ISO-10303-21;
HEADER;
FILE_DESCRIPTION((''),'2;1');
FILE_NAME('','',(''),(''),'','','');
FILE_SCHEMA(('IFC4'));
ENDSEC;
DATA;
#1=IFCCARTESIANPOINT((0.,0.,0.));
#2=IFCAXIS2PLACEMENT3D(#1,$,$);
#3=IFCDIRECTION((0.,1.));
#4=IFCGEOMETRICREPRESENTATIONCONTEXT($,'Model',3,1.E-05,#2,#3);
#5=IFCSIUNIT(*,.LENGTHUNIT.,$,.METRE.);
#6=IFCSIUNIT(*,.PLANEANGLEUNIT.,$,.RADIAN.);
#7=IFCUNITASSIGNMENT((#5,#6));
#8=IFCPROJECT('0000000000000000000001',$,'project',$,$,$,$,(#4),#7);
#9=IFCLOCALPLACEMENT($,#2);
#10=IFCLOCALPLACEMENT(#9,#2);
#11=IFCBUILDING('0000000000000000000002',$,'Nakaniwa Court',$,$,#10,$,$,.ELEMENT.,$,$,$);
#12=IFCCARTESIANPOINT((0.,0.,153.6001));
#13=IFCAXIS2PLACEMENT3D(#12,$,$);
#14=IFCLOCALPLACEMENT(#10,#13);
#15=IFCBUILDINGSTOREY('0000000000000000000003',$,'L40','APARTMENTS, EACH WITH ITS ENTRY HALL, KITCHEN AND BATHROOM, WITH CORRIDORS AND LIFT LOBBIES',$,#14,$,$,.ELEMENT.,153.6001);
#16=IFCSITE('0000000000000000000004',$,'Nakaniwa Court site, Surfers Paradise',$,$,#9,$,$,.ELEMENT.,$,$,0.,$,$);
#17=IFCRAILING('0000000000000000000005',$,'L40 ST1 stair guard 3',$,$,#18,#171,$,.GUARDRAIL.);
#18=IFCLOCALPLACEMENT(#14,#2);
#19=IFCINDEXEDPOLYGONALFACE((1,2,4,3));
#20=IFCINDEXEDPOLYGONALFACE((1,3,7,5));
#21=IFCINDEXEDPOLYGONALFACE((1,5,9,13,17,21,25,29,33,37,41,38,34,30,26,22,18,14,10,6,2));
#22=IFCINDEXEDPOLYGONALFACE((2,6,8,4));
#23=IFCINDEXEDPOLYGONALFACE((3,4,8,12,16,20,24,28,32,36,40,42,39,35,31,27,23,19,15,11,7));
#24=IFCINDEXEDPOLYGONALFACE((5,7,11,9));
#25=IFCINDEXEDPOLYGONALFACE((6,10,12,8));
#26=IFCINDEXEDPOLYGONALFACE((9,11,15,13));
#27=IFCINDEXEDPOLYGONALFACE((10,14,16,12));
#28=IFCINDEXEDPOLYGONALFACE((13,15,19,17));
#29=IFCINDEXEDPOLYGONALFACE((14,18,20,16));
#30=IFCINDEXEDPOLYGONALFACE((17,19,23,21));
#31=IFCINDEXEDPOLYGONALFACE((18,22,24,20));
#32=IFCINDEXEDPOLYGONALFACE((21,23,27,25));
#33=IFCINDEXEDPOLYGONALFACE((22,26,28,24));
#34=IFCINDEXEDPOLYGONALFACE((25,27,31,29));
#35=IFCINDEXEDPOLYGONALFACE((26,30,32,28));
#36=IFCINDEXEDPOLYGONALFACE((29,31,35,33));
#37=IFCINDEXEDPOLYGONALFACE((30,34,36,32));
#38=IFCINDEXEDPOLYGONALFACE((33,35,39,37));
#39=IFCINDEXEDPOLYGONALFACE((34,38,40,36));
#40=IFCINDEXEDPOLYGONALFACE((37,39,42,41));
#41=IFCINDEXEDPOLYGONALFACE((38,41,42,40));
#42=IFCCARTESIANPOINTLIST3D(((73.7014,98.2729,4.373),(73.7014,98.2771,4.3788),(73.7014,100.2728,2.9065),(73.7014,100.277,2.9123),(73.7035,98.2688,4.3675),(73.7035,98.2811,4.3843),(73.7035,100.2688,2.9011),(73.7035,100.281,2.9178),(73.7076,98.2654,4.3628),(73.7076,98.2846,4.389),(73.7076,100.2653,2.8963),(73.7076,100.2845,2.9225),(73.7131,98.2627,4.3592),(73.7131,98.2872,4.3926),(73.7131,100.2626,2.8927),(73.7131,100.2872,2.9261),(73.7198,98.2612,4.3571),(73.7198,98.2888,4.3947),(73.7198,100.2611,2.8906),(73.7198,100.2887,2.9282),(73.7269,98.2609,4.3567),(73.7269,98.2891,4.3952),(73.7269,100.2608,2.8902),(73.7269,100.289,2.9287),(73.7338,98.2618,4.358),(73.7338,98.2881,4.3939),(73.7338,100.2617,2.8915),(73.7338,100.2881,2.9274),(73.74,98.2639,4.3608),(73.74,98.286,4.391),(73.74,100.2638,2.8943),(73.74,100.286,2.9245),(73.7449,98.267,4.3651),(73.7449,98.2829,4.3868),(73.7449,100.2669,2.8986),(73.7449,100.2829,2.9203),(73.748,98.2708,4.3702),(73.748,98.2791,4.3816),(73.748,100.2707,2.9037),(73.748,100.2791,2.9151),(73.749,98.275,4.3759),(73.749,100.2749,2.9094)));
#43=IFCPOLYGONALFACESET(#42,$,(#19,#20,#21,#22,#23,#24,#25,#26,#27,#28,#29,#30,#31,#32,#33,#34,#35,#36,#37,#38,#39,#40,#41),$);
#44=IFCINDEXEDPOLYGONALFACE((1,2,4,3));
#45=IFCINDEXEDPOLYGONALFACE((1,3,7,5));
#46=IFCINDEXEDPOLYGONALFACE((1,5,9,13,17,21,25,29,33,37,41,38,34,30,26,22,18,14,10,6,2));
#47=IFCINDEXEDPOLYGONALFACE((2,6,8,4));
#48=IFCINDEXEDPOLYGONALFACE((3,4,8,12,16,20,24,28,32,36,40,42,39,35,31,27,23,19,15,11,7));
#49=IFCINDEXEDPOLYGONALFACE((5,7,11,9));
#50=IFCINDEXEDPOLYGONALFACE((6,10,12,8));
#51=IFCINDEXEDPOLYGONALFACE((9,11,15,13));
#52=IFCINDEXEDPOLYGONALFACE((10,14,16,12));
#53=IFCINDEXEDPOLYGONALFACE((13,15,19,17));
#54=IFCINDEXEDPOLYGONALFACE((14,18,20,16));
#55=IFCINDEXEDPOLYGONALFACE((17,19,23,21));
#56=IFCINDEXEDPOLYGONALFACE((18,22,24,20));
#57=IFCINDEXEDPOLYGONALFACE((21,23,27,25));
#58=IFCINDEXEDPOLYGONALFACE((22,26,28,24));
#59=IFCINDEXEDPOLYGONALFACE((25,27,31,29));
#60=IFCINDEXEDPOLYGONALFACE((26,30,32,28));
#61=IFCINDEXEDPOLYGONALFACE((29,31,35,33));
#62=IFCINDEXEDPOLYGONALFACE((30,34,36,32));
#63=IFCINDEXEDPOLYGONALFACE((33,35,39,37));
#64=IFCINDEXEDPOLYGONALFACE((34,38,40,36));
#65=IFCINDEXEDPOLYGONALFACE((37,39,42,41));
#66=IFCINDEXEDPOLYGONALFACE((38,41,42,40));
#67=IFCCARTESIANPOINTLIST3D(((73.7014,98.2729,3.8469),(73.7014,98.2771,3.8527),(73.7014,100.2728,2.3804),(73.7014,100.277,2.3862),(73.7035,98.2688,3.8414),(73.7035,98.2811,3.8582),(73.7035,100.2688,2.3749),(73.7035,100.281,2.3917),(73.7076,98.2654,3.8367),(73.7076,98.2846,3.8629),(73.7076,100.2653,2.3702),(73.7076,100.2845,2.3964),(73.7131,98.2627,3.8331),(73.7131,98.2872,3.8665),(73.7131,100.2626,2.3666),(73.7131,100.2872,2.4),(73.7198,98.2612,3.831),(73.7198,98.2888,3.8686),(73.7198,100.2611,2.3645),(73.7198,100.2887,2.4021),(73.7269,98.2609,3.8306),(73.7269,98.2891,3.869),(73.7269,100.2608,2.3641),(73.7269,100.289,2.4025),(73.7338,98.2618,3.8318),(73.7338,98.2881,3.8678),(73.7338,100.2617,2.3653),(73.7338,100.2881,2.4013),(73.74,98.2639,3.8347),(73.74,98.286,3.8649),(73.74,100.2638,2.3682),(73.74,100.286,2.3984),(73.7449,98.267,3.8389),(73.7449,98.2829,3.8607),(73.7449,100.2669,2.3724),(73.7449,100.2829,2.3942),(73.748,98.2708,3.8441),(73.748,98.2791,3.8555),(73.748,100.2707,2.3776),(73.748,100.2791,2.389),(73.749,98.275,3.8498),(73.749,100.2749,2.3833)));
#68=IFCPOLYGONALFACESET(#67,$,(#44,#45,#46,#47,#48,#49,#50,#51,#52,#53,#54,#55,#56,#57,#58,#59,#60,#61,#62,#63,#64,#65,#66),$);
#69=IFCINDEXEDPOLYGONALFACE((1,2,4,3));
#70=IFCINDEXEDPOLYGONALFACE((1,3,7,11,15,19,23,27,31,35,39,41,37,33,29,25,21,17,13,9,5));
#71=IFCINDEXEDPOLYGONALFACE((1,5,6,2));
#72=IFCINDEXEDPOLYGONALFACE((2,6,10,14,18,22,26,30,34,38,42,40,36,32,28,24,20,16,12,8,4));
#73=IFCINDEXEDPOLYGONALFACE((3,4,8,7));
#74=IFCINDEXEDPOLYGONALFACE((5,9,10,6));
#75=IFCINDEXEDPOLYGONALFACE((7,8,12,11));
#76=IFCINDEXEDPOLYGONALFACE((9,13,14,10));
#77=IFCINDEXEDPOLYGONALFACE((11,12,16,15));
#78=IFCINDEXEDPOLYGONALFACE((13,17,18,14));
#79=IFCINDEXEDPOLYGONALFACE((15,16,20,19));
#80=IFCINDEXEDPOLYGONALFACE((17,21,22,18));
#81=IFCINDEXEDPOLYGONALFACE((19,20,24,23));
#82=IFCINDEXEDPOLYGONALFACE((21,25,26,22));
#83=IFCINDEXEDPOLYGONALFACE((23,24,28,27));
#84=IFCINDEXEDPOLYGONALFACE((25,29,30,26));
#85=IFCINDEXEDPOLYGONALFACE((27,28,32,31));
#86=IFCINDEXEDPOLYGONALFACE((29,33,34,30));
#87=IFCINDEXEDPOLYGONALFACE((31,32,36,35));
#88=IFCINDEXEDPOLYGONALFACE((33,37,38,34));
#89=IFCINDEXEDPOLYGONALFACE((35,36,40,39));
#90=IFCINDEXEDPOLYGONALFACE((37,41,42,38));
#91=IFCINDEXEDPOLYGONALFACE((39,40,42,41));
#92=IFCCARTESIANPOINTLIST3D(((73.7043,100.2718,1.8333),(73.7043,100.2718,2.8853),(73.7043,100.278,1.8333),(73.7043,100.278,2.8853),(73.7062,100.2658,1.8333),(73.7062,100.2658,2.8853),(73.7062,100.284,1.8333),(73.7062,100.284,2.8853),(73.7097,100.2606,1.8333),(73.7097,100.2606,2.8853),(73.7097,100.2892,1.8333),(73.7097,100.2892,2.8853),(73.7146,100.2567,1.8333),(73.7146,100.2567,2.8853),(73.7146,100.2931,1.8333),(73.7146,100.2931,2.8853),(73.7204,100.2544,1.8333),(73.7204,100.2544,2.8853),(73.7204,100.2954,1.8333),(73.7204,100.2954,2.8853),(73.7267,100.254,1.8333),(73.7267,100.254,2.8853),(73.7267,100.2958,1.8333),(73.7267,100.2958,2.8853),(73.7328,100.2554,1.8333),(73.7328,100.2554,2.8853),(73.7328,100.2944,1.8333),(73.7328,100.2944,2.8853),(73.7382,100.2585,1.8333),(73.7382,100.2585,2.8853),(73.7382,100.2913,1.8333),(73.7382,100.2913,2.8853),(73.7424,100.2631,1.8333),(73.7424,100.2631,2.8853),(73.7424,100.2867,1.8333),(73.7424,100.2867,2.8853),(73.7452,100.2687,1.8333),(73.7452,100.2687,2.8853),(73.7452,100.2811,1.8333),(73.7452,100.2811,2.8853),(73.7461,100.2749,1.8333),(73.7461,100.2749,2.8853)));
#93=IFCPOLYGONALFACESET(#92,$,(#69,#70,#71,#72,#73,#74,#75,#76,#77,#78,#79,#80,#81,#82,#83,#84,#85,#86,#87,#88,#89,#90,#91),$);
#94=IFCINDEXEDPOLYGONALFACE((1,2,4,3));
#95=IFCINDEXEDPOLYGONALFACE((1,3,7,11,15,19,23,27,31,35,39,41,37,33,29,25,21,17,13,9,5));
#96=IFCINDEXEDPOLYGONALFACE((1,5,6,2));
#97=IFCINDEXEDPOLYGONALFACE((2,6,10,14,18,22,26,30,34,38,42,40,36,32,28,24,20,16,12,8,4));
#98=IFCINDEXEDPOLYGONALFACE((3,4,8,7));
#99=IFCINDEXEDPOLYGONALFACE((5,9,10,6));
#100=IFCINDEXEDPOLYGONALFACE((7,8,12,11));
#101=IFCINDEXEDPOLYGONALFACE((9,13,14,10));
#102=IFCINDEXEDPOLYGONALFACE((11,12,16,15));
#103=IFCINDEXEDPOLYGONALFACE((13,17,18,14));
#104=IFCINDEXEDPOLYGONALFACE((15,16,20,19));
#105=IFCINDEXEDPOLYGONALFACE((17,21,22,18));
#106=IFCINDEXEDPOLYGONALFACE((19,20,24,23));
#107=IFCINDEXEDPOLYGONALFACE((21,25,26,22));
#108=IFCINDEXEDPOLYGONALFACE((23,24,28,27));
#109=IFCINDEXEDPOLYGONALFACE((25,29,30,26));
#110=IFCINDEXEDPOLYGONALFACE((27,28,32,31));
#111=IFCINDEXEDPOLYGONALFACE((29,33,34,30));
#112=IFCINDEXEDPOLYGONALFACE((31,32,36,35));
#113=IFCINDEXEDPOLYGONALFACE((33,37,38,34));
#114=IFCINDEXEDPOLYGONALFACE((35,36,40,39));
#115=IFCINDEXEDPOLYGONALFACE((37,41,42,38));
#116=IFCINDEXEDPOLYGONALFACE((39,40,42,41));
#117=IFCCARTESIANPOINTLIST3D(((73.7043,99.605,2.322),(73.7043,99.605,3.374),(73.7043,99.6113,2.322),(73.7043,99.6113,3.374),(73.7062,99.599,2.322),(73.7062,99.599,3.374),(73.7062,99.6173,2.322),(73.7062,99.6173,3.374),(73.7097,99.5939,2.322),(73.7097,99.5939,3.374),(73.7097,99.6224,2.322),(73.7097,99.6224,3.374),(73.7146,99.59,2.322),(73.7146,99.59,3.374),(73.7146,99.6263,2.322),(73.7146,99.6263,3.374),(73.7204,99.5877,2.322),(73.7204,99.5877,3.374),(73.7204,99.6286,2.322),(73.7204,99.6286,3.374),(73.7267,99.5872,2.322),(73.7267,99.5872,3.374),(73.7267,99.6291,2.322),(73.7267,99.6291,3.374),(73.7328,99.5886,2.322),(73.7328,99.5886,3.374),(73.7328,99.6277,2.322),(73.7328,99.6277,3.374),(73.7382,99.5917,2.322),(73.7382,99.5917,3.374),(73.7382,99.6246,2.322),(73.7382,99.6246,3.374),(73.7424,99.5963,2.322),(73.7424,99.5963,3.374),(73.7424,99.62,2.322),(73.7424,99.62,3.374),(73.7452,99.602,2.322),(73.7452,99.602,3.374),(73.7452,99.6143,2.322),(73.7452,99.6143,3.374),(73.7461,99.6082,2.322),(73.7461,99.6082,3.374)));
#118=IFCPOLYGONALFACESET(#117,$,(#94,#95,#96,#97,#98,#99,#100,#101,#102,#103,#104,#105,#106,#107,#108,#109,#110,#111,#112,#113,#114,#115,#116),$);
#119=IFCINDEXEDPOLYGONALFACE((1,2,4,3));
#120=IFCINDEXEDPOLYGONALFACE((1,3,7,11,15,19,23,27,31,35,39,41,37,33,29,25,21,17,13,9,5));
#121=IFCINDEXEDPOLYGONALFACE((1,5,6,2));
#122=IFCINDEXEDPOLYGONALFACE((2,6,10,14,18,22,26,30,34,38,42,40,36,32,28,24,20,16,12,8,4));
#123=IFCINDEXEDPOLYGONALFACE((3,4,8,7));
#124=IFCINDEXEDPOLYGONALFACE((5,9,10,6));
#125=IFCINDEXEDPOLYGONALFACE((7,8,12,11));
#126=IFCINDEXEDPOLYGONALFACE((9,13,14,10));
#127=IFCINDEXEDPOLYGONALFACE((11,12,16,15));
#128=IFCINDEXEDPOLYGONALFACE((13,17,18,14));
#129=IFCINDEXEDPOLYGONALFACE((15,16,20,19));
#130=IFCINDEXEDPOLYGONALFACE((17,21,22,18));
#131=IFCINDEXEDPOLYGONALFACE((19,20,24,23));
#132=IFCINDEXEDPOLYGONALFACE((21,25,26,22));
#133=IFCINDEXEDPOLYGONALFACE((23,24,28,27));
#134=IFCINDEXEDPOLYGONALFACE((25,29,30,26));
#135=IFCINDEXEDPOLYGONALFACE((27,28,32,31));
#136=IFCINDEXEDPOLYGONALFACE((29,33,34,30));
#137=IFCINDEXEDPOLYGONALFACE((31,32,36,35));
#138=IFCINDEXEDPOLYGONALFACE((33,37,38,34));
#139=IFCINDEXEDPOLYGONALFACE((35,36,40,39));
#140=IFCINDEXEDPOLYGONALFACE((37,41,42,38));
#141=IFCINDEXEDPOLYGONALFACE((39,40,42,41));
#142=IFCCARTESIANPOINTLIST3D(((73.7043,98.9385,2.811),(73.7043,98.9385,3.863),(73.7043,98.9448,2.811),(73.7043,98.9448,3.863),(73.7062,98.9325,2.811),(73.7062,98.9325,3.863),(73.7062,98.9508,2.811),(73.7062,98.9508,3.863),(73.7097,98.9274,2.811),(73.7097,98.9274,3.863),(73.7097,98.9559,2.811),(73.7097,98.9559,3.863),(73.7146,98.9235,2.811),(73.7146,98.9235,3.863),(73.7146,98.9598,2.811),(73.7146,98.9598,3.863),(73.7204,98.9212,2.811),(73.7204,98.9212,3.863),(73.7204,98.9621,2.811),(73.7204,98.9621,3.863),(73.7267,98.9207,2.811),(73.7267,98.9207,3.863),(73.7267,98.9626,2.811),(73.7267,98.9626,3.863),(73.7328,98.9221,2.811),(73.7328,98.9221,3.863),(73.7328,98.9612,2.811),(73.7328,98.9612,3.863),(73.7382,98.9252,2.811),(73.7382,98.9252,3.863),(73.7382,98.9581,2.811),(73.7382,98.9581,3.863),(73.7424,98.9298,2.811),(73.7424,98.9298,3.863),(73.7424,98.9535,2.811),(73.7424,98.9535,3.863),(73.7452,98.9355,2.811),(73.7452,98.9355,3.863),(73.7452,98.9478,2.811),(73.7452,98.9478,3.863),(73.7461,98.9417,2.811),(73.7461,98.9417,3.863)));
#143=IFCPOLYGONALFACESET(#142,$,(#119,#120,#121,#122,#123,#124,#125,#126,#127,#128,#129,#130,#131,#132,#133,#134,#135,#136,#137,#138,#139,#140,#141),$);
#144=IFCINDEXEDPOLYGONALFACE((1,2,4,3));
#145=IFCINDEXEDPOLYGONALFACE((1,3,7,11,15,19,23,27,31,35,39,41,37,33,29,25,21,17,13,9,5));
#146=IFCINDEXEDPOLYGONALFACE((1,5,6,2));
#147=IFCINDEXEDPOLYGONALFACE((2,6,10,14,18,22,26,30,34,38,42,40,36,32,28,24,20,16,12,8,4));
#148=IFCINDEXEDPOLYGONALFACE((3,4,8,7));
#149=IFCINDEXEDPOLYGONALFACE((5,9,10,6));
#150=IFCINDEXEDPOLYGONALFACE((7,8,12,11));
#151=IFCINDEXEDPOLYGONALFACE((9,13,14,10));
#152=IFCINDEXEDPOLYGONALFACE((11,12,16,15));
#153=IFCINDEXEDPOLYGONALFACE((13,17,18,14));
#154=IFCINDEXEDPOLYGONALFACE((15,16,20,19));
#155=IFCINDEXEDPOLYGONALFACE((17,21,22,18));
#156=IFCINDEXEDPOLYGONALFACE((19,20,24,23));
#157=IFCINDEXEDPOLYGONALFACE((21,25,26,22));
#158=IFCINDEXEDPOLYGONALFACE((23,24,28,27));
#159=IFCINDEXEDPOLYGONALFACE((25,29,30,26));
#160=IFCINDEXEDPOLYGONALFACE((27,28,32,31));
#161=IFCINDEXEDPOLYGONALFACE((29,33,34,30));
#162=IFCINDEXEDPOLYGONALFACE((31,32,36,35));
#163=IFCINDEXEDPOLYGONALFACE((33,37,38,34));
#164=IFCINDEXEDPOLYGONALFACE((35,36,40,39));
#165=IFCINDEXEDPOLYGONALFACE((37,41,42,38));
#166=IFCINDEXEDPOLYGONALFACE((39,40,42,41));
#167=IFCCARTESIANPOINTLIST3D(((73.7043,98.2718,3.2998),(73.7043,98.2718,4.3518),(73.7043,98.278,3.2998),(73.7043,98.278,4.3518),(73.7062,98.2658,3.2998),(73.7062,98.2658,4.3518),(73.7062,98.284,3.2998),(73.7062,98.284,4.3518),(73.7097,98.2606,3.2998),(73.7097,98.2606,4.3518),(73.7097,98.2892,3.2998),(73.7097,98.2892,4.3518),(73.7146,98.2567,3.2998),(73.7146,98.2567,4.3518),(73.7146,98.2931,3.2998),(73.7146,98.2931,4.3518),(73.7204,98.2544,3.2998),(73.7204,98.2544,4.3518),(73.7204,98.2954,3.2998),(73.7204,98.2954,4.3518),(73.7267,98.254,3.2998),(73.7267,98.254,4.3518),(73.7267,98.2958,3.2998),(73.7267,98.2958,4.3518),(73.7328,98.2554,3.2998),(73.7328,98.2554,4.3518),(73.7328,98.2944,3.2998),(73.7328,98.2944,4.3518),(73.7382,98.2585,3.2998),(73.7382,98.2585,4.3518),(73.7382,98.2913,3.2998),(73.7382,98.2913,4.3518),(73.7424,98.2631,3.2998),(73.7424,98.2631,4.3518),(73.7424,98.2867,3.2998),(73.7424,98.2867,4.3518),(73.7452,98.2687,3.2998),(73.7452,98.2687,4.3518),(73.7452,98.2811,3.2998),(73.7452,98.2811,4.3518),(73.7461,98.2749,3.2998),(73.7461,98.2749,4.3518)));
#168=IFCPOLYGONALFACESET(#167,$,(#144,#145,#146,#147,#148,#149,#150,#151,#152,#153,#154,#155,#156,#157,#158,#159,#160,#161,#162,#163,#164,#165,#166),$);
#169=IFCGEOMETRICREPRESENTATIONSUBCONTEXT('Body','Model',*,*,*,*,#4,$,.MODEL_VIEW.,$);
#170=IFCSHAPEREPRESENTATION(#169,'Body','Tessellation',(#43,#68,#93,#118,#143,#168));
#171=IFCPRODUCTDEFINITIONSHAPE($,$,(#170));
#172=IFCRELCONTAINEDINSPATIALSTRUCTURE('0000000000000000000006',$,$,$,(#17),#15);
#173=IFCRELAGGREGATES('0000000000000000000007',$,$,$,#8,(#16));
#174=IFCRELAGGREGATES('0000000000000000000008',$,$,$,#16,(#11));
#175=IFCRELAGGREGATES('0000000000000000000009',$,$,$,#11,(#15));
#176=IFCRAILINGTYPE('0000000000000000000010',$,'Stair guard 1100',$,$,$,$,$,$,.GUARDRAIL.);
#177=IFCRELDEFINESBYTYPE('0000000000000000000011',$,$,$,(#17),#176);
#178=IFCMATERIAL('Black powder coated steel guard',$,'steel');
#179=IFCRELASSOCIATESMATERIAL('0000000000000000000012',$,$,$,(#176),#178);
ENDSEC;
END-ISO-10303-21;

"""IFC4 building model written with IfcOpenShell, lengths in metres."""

from ifc_helpers import new_model, si_unit, direction, frame, origin, origin_2d, place, context, subcontext, project, spatial, circle, extrude, material, type_object, element, save


model = new_model("IFC4")

# Units and contexts
model_context = context("Model", 3, precision=1e-05, world=origin(), true_north=direction((0.0, 1.0)))
body_context = subcontext(model_context, "Body", "Model", "MODEL_VIEW")
ifc_project = project(units=[si_unit("LENGTHUNIT", "METRE"), si_unit("PLANEANGLEUNIT", "RADIAN")], contexts=[model_context])

# Site, building, storey
site_placement = place(None, origin())
site = spatial("IfcSite", under=ifc_project, at=site_placement, Name="Nakaniwa Court site, Surfers Paradise", CompositionType="ELEMENT", RefElevation=0.0)
building_placement = place(site_placement, origin())
building = spatial("IfcBuilding", under=site, at=building_placement, Name="Nakaniwa Court", CompositionType="ELEMENT")
storey_placement = place(building_placement, frame((0.0, 0.0, 153.6001)))
storey = spatial("IfcBuildingStorey", under=building, at=storey_placement, Name="L40", Description="APARTMENTS, EACH WITH ITS ENTRY HALL, KITCHEN AND BATHROOM, WITH CORRIDORS AND LIFT LOBBIES", CompositionType="ELEMENT", Elevation=153.6001)

# Railing
ifc_material_1 = material(Name="Black powder coated steel guard", Category="steel")
railing_type_1 = type_object("IfcRailingType", Name="Stair guard 1100", PredefinedType="GUARDRAIL", material=ifc_material_1)
railing_1_placement = place(storey_placement, frame((73.7251, 100.2749, 1.8333)))
element("IfcRailing", 1, at=railing_1_placement, inside=storey, type_object=railing_type_1, Name="L40 ST1 stair guard 3", PredefinedType="GUARDRAIL", context=body_context, shape_type="SweptSolid", body=[
    extrude(circle(Radius=0.0239, at=origin_2d()), frame((0.0, 0.0, 1.0762), z_axis=(0.0, -0.806427, 0.591334), x_axis=(1.0, 0.0, 0.0)), (0.0, 0.0, 1.0), 2.48),
    extrude(circle(Radius=0.0239, at=origin_2d()), frame((0.0, 0.0, 0.55), z_axis=(0.0, -0.806427, 0.591334), x_axis=(1.0, 0.0, 0.0)), (0.0, 0.0, 1.0), 2.48),
    extrude(circle(Radius=0.021, at=origin_2d()), origin(), (0.0, 0.0, 1.0), 1.052),
    extrude(circle(Radius=0.021, at=origin_2d()), frame((0.0, -0.6667, 0.4888)), (0.0, 0.0, 1.0), 1.052),
    extrude(circle(Radius=0.021, at=origin_2d()), frame((0.0, -1.3333, 0.9778)), (0.0, 0.0, 1.0), 1.052),
    extrude(circle(Radius=0.021, at=origin_2d()), frame((0.0, -2.0, 1.4666)), (0.0, 0.0, 1.0), 1.052),
])

save(model, "model.ifc")
